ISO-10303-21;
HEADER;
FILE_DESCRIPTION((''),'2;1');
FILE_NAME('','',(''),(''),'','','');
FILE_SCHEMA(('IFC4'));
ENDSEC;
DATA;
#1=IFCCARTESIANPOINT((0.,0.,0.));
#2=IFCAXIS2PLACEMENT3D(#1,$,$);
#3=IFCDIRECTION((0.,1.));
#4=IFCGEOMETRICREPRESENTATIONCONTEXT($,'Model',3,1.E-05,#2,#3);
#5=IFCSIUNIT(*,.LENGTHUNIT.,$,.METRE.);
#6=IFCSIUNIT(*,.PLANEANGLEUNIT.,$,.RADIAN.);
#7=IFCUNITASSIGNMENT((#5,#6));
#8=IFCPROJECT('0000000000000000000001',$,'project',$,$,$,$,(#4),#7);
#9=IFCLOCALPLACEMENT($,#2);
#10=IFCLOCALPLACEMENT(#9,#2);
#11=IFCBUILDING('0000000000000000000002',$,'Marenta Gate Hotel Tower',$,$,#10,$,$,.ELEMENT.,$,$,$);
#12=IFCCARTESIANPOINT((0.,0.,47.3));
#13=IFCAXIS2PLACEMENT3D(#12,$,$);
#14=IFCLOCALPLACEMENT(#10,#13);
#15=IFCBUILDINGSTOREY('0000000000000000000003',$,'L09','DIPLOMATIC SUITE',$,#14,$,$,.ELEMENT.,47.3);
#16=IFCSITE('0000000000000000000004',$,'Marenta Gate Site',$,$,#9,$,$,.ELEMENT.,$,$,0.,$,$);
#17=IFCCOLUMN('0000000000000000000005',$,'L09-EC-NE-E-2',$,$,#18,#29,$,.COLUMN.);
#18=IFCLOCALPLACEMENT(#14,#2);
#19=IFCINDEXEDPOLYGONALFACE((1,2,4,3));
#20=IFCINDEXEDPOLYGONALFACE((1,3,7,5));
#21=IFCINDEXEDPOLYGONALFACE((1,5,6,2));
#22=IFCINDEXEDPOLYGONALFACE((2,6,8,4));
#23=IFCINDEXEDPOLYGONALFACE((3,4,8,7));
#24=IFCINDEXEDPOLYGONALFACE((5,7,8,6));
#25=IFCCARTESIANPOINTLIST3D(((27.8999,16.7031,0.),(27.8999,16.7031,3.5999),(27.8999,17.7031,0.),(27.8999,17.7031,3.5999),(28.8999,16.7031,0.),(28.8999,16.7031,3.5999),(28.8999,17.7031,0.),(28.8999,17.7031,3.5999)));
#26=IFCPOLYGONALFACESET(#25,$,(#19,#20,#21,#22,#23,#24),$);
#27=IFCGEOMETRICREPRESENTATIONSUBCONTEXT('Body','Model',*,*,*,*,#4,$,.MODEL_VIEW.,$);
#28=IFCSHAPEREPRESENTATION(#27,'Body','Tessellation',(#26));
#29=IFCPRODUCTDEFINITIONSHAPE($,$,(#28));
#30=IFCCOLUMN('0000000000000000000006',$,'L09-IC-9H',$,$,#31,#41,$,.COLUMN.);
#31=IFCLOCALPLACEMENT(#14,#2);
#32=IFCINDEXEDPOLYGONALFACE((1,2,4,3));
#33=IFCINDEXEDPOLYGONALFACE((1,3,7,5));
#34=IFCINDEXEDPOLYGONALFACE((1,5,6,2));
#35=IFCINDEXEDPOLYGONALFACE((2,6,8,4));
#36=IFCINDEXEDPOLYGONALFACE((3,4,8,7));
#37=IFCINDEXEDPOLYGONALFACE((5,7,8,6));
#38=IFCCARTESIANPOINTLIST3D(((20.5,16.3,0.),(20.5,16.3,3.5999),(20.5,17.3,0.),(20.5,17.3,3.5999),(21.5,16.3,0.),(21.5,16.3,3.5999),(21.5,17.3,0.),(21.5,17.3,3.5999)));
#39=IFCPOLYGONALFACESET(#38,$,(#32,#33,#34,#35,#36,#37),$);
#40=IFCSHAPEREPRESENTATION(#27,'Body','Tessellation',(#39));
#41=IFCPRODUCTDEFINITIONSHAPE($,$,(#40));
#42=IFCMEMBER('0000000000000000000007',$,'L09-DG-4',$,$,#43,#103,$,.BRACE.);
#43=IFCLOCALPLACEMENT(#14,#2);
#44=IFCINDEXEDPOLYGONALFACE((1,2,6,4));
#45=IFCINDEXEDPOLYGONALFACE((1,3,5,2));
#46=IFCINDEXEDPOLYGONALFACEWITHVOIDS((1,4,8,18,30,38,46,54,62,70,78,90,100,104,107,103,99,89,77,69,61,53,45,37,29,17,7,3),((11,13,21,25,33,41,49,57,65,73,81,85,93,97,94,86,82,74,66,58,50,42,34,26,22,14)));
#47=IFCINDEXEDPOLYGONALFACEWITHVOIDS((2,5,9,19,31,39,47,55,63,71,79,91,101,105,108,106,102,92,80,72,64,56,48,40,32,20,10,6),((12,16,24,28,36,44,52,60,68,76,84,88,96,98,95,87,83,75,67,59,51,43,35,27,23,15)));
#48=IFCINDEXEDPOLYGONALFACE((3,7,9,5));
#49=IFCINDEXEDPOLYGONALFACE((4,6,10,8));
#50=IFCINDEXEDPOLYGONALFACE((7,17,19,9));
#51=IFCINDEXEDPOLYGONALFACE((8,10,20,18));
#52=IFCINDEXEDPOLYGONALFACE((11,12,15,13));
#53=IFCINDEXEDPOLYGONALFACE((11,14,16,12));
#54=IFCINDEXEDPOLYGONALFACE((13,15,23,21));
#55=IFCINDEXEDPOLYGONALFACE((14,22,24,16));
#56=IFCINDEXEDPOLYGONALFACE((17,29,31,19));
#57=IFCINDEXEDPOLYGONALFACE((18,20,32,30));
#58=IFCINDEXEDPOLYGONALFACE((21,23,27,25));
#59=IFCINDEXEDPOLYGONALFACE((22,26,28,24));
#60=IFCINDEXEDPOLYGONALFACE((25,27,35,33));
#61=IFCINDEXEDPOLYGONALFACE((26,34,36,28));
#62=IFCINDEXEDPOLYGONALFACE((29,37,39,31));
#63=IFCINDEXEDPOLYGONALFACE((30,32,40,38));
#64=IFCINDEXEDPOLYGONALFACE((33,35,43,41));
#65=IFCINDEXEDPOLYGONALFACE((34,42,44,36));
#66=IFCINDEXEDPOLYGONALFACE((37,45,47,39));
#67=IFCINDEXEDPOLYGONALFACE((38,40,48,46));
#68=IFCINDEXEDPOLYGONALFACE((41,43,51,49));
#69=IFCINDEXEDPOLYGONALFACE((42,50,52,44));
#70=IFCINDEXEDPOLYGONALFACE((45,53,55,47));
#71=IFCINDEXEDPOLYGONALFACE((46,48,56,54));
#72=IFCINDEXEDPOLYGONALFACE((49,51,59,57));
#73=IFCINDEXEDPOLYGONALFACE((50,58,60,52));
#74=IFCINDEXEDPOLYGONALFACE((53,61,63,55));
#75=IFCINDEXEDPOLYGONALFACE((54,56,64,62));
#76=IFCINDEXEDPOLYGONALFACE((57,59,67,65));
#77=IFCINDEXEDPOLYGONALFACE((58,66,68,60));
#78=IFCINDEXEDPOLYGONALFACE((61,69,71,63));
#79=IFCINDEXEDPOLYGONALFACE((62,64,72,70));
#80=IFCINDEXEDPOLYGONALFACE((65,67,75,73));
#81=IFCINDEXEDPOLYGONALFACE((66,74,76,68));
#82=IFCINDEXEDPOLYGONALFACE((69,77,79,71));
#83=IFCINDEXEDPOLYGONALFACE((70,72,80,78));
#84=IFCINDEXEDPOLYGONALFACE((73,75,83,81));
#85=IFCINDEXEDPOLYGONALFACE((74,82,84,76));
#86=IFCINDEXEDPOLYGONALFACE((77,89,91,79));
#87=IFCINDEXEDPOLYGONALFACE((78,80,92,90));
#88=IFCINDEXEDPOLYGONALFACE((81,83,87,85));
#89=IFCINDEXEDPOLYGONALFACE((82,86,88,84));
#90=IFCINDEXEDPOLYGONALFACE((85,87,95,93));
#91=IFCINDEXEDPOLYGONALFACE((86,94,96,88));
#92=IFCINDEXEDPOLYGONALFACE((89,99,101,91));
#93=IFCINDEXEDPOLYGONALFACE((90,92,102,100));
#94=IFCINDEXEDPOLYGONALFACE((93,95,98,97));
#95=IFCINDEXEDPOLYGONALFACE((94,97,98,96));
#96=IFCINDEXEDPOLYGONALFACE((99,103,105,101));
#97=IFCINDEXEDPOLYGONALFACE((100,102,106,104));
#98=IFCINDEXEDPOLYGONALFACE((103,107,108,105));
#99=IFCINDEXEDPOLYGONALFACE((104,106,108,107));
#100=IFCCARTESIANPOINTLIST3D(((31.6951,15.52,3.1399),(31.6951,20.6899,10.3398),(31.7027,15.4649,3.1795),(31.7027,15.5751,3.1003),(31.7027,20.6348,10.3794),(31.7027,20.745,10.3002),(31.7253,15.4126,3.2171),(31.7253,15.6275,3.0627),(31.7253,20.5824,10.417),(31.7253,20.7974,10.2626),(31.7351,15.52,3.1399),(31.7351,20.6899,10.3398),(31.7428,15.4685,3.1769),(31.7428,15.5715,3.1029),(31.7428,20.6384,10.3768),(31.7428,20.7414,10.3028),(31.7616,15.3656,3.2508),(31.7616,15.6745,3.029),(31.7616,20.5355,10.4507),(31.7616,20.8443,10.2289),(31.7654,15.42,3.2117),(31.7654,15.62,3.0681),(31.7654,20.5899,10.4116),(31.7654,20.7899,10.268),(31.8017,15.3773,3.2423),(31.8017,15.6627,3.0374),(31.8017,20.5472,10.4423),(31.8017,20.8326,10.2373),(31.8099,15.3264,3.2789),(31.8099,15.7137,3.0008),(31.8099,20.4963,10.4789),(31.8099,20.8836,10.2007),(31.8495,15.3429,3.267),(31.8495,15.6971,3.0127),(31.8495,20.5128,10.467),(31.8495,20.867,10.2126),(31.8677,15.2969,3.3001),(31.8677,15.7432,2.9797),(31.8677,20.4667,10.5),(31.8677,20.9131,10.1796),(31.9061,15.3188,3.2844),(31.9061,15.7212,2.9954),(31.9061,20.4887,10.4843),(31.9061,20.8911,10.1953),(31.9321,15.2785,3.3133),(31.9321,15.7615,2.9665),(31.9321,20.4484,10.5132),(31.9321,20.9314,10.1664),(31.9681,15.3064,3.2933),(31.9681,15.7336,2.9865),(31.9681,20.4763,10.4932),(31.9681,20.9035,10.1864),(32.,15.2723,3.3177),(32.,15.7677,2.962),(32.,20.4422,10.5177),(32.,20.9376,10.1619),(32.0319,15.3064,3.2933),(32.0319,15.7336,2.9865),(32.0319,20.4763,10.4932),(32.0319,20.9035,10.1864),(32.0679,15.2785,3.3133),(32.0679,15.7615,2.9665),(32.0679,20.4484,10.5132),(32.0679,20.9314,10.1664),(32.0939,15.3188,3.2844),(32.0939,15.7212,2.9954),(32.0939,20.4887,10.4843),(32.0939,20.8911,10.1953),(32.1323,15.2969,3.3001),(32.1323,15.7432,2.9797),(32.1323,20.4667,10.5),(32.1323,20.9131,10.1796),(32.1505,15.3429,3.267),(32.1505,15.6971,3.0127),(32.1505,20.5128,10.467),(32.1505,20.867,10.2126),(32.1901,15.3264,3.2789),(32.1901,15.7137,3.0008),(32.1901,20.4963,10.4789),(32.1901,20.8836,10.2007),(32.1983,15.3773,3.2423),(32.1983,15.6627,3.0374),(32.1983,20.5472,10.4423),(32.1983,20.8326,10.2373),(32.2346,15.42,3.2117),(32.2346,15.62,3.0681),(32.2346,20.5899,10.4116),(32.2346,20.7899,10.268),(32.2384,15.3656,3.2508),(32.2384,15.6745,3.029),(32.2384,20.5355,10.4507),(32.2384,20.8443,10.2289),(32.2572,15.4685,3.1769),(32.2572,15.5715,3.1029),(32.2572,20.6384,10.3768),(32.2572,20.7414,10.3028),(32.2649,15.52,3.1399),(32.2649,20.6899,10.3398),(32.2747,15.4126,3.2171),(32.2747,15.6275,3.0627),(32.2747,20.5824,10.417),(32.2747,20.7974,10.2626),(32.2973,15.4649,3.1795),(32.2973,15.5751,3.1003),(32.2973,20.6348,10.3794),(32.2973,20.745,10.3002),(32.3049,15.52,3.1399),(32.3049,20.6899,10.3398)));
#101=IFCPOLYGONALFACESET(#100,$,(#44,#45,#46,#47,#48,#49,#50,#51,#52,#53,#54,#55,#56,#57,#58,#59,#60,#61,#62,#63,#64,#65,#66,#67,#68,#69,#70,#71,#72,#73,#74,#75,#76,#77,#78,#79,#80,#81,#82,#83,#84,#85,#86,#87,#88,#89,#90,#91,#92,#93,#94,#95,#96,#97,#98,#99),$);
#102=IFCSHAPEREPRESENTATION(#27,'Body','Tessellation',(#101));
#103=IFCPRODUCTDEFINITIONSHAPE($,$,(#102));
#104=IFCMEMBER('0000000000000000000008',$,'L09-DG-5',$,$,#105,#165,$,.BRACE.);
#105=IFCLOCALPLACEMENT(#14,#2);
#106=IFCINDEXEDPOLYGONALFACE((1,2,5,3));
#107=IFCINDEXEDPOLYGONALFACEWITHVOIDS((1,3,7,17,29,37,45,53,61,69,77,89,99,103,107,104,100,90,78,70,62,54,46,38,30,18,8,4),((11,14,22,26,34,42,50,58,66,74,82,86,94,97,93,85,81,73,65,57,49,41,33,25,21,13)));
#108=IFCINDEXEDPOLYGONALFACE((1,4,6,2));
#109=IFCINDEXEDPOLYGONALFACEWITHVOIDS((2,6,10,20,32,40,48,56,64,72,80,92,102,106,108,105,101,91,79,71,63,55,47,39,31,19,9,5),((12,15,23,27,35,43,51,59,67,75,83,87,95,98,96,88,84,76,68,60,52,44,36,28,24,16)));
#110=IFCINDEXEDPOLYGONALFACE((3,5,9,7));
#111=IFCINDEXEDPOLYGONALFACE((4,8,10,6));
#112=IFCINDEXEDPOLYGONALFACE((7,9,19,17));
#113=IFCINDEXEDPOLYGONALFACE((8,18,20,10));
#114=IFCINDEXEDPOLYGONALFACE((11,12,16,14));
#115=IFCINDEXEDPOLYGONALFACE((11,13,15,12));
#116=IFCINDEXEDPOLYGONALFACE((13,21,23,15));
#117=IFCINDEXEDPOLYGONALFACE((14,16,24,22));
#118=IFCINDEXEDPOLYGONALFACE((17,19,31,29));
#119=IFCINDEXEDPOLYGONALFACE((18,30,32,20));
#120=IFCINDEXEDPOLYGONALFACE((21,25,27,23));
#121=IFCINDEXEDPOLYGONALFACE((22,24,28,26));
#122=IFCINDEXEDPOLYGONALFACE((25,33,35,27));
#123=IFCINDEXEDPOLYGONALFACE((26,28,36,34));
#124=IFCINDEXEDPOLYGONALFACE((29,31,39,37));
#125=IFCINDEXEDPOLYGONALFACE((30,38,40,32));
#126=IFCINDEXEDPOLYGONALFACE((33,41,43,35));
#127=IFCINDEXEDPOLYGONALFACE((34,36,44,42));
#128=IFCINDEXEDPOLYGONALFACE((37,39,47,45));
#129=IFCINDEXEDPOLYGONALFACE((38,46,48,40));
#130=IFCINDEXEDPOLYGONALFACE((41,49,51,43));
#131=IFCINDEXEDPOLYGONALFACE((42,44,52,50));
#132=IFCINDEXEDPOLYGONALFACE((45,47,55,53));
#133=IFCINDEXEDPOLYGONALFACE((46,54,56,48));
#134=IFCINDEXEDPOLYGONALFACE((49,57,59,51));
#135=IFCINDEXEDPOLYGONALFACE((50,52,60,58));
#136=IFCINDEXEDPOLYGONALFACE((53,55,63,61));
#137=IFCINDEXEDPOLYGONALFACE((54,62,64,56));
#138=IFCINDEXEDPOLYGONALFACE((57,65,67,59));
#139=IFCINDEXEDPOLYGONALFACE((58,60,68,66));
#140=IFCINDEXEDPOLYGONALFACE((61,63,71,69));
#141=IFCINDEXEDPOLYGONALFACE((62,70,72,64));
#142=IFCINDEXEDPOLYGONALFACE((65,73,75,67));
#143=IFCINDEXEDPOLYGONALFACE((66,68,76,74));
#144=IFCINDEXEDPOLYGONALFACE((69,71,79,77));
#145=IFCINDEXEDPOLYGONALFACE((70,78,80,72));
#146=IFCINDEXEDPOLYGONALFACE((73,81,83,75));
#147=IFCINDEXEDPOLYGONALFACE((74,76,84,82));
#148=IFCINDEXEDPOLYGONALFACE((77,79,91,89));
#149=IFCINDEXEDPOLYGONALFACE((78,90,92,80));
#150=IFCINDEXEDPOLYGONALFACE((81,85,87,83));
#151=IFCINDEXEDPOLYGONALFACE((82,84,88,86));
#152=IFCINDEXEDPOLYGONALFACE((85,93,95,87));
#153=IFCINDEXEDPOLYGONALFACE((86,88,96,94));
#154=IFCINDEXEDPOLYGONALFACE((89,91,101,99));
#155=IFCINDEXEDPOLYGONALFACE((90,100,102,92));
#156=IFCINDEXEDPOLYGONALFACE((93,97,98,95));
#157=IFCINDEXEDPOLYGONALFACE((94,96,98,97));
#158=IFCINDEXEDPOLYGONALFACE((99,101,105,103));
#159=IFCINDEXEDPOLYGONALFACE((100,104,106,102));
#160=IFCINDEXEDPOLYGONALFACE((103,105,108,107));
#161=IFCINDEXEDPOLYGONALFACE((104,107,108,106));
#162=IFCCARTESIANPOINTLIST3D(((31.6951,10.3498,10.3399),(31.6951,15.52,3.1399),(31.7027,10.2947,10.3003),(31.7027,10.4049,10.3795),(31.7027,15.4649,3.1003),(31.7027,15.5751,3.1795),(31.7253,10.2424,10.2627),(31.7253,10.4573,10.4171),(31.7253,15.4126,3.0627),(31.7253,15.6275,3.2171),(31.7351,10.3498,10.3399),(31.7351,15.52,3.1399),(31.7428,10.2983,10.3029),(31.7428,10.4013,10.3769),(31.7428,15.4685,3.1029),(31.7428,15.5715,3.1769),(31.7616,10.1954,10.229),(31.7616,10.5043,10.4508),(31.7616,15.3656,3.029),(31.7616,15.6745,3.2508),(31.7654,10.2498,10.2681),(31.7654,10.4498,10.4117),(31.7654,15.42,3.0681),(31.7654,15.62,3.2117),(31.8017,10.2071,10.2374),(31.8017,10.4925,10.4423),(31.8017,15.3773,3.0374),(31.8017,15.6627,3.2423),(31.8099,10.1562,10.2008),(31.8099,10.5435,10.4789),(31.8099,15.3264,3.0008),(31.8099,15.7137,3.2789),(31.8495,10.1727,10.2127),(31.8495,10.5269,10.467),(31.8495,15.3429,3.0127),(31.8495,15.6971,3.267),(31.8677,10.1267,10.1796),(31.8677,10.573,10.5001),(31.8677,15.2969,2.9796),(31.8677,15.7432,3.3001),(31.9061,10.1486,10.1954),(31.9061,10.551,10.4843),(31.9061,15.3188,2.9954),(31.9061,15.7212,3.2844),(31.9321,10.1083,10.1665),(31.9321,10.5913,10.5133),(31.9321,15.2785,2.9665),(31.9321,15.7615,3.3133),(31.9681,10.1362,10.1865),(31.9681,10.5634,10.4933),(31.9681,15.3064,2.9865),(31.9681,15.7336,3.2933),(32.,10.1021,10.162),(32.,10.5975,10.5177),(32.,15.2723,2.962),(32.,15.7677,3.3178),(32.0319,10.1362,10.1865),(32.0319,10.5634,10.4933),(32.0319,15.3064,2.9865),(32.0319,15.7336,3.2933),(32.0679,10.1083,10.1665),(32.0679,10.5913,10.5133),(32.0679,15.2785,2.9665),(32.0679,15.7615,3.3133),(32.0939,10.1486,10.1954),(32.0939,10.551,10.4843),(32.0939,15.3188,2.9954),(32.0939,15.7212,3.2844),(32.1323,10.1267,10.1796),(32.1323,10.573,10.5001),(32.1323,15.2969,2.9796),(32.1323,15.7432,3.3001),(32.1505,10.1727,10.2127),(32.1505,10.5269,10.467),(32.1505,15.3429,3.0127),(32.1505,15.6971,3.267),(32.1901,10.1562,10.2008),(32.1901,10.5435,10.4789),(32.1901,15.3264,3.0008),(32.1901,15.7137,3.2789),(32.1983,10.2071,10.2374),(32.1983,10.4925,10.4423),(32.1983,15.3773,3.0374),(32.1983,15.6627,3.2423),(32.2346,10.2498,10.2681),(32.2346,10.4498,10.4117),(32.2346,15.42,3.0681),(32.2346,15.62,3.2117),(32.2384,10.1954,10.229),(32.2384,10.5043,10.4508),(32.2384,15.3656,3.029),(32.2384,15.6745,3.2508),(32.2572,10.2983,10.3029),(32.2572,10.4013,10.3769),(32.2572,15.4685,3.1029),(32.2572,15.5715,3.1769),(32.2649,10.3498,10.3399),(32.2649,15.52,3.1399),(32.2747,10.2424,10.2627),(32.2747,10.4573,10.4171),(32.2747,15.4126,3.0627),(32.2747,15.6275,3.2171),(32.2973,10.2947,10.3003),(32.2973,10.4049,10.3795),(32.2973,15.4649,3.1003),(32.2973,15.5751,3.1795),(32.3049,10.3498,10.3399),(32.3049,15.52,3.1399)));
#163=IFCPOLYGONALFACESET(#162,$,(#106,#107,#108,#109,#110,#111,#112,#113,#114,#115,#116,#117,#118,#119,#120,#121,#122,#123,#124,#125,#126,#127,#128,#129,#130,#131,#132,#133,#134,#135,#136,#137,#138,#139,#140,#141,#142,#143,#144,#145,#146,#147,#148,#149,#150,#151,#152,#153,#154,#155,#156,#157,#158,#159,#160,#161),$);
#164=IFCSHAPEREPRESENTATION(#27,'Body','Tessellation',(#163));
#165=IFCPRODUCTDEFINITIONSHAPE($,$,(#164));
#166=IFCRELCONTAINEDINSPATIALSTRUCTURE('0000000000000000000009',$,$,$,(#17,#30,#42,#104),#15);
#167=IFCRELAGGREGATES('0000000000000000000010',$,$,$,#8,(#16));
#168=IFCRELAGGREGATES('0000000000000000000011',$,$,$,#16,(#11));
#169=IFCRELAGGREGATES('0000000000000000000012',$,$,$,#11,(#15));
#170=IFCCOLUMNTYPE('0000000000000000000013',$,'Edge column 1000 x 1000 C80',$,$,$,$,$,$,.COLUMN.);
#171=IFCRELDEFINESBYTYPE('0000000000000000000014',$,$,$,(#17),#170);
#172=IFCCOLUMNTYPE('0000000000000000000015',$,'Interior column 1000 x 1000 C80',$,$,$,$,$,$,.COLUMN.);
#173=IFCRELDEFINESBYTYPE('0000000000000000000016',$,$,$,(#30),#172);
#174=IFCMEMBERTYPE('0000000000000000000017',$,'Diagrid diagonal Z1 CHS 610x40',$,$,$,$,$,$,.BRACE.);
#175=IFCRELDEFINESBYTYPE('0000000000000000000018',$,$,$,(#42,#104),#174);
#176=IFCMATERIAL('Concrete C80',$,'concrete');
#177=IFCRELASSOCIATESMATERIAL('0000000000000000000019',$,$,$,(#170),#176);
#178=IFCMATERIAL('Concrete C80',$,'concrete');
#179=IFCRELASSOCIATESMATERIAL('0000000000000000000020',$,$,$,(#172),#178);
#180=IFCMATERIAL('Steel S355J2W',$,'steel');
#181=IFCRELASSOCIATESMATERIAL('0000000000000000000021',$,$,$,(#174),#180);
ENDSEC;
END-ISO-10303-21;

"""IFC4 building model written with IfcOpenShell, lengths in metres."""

from ifc_helpers import new_model, si_unit, direction, frame, origin, origin_2d, place, context, subcontext, project, spatial, rectangle, hollow_circle, extrude, material, material_profile, profile_set, type_object, element, save


model = new_model("IFC4")

# Units and contexts
model_context = context("Model", 3, precision=1e-05, world=origin(), true_north=direction((0.0, 1.0)))
body_context = subcontext(model_context, "Body", "Model", "MODEL_VIEW")
ifc_project = project(units=[si_unit("LENGTHUNIT", "METRE"), si_unit("PLANEANGLEUNIT", "RADIAN")], contexts=[model_context])

# Site, building, storey
site_placement = place(None, origin())
site = spatial("IfcSite", under=ifc_project, at=site_placement, Name="Marenta Gate Site", CompositionType="ELEMENT", RefElevation=0.0)
building_placement = place(site_placement, origin())
building = spatial("IfcBuilding", under=site, at=building_placement, Name="Marenta Gate Hotel Tower", CompositionType="ELEMENT")
storey_placement = place(building_placement, frame((0.0, 0.0, 47.3)))
storey = spatial("IfcBuildingStorey", under=building, at=storey_placement, Name="L09", Description="DIPLOMATIC SUITE", CompositionType="ELEMENT", Elevation=47.3)

# Columns
ifc_material_1 = material(Name="Concrete C80", Category="concrete")
ifc_material_profile_1 = material_profile(ifc_material_1, rectangle(XDim=1.0, YDim=1.0, at=origin_2d()), Name="1000 x 1000")
ifc_profile_set_1 = profile_set([ifc_material_profile_1], Name="Concrete C80")
column_type_1 = type_object("IfcColumnType", Name="Edge column 1000 x 1000 C80", PredefinedType="COLUMN", material=ifc_profile_set_1)
column_1_placement = place(storey_placement, frame((28.3999, 17.2031, 0.0), z_axis=(0.0, 0.0, 1.0), x_axis=(1.0, 0.0, 0.0)))
element("IfcColumn", 1, at=column_1_placement, inside=storey, type_object=column_type_1, Name="L09-EC-NE-E-2", PredefinedType="COLUMN", context=body_context, shape_type="SweptSolid", body=[
    extrude(rectangle(XDim=1.0, YDim=1.0, at=origin_2d()), origin(), (0.0, 0.0, 1.0), 3.5999),
])
ifc_material_2 = material(Name="Concrete C80", Category="concrete")
ifc_material_profile_2 = material_profile(ifc_material_2, rectangle(XDim=1.0, YDim=1.0, at=origin_2d()), Name="1000 x 1000")
ifc_profile_set_2 = profile_set([ifc_material_profile_2], Name="Concrete C80")
column_type_2 = type_object("IfcColumnType", Name="Interior column 1000 x 1000 C80", PredefinedType="COLUMN", material=ifc_profile_set_2)
column_2_placement = place(storey_placement, frame((21.0, 16.8, 0.0), z_axis=(0.0, 0.0, 1.0), x_axis=(1.0, 0.0, 0.0)))
element("IfcColumn", 2, at=column_2_placement, inside=storey, type_object=column_type_2, Name="L09-IC-9H", PredefinedType="COLUMN", context=body_context, shape_type="SweptSolid", body=[
    extrude(rectangle(XDim=1.0, YDim=1.0, at=origin_2d()), origin(), (0.0, 0.0, 1.0), 3.5999),
])

# Members
ifc_material_3 = material(Name="Steel S355J2W", Category="steel")
ifc_material_profile_3 = material_profile(ifc_material_3, hollow_circle(Radius=0.3049, WallThickness=0.04, at=origin_2d()), Name="CHS 610x40")
ifc_profile_set_3 = profile_set([ifc_material_profile_3], Name="Steel S355J2W")
member_type_1 = type_object("IfcMemberType", Name="Diagrid diagonal Z1 CHS 610x40", PredefinedType="BRACE", material=ifc_profile_set_3)
member_1_placement = place(storey_placement, frame((32.0, 15.52, 3.1399), z_axis=(0.0, 0.583261, 0.812285), x_axis=(-1.0, 0.0, 0.0)))
element("IfcMember", 3, at=member_1_placement, inside=storey, type_object=member_type_1, Name="L09-DG-4", PredefinedType="BRACE", context=body_context, shape_type="SweptSolid", body=[
    extrude(hollow_circle(Radius=0.3049, WallThickness=0.04, at=origin_2d()), origin(), (0.0, 0.0, 1.0), 8.8638),
])
member_2_placement = place(storey_placement, frame((32.0, 15.52, 3.1399), z_axis=(0.0, -0.583279, 0.812272), x_axis=(1.0, 0.0, 0.0)))
element("IfcMember", 4, at=member_2_placement, inside=storey, type_object=member_type_1, Name="L09-DG-5", PredefinedType="BRACE", context=body_context, shape_type="SweptSolid", body=[
    extrude(hollow_circle(Radius=0.3049, WallThickness=0.04, at=origin_2d()), origin(), (0.0, 0.0, 1.0), 8.864),
])

save(model, "model.ifc")
